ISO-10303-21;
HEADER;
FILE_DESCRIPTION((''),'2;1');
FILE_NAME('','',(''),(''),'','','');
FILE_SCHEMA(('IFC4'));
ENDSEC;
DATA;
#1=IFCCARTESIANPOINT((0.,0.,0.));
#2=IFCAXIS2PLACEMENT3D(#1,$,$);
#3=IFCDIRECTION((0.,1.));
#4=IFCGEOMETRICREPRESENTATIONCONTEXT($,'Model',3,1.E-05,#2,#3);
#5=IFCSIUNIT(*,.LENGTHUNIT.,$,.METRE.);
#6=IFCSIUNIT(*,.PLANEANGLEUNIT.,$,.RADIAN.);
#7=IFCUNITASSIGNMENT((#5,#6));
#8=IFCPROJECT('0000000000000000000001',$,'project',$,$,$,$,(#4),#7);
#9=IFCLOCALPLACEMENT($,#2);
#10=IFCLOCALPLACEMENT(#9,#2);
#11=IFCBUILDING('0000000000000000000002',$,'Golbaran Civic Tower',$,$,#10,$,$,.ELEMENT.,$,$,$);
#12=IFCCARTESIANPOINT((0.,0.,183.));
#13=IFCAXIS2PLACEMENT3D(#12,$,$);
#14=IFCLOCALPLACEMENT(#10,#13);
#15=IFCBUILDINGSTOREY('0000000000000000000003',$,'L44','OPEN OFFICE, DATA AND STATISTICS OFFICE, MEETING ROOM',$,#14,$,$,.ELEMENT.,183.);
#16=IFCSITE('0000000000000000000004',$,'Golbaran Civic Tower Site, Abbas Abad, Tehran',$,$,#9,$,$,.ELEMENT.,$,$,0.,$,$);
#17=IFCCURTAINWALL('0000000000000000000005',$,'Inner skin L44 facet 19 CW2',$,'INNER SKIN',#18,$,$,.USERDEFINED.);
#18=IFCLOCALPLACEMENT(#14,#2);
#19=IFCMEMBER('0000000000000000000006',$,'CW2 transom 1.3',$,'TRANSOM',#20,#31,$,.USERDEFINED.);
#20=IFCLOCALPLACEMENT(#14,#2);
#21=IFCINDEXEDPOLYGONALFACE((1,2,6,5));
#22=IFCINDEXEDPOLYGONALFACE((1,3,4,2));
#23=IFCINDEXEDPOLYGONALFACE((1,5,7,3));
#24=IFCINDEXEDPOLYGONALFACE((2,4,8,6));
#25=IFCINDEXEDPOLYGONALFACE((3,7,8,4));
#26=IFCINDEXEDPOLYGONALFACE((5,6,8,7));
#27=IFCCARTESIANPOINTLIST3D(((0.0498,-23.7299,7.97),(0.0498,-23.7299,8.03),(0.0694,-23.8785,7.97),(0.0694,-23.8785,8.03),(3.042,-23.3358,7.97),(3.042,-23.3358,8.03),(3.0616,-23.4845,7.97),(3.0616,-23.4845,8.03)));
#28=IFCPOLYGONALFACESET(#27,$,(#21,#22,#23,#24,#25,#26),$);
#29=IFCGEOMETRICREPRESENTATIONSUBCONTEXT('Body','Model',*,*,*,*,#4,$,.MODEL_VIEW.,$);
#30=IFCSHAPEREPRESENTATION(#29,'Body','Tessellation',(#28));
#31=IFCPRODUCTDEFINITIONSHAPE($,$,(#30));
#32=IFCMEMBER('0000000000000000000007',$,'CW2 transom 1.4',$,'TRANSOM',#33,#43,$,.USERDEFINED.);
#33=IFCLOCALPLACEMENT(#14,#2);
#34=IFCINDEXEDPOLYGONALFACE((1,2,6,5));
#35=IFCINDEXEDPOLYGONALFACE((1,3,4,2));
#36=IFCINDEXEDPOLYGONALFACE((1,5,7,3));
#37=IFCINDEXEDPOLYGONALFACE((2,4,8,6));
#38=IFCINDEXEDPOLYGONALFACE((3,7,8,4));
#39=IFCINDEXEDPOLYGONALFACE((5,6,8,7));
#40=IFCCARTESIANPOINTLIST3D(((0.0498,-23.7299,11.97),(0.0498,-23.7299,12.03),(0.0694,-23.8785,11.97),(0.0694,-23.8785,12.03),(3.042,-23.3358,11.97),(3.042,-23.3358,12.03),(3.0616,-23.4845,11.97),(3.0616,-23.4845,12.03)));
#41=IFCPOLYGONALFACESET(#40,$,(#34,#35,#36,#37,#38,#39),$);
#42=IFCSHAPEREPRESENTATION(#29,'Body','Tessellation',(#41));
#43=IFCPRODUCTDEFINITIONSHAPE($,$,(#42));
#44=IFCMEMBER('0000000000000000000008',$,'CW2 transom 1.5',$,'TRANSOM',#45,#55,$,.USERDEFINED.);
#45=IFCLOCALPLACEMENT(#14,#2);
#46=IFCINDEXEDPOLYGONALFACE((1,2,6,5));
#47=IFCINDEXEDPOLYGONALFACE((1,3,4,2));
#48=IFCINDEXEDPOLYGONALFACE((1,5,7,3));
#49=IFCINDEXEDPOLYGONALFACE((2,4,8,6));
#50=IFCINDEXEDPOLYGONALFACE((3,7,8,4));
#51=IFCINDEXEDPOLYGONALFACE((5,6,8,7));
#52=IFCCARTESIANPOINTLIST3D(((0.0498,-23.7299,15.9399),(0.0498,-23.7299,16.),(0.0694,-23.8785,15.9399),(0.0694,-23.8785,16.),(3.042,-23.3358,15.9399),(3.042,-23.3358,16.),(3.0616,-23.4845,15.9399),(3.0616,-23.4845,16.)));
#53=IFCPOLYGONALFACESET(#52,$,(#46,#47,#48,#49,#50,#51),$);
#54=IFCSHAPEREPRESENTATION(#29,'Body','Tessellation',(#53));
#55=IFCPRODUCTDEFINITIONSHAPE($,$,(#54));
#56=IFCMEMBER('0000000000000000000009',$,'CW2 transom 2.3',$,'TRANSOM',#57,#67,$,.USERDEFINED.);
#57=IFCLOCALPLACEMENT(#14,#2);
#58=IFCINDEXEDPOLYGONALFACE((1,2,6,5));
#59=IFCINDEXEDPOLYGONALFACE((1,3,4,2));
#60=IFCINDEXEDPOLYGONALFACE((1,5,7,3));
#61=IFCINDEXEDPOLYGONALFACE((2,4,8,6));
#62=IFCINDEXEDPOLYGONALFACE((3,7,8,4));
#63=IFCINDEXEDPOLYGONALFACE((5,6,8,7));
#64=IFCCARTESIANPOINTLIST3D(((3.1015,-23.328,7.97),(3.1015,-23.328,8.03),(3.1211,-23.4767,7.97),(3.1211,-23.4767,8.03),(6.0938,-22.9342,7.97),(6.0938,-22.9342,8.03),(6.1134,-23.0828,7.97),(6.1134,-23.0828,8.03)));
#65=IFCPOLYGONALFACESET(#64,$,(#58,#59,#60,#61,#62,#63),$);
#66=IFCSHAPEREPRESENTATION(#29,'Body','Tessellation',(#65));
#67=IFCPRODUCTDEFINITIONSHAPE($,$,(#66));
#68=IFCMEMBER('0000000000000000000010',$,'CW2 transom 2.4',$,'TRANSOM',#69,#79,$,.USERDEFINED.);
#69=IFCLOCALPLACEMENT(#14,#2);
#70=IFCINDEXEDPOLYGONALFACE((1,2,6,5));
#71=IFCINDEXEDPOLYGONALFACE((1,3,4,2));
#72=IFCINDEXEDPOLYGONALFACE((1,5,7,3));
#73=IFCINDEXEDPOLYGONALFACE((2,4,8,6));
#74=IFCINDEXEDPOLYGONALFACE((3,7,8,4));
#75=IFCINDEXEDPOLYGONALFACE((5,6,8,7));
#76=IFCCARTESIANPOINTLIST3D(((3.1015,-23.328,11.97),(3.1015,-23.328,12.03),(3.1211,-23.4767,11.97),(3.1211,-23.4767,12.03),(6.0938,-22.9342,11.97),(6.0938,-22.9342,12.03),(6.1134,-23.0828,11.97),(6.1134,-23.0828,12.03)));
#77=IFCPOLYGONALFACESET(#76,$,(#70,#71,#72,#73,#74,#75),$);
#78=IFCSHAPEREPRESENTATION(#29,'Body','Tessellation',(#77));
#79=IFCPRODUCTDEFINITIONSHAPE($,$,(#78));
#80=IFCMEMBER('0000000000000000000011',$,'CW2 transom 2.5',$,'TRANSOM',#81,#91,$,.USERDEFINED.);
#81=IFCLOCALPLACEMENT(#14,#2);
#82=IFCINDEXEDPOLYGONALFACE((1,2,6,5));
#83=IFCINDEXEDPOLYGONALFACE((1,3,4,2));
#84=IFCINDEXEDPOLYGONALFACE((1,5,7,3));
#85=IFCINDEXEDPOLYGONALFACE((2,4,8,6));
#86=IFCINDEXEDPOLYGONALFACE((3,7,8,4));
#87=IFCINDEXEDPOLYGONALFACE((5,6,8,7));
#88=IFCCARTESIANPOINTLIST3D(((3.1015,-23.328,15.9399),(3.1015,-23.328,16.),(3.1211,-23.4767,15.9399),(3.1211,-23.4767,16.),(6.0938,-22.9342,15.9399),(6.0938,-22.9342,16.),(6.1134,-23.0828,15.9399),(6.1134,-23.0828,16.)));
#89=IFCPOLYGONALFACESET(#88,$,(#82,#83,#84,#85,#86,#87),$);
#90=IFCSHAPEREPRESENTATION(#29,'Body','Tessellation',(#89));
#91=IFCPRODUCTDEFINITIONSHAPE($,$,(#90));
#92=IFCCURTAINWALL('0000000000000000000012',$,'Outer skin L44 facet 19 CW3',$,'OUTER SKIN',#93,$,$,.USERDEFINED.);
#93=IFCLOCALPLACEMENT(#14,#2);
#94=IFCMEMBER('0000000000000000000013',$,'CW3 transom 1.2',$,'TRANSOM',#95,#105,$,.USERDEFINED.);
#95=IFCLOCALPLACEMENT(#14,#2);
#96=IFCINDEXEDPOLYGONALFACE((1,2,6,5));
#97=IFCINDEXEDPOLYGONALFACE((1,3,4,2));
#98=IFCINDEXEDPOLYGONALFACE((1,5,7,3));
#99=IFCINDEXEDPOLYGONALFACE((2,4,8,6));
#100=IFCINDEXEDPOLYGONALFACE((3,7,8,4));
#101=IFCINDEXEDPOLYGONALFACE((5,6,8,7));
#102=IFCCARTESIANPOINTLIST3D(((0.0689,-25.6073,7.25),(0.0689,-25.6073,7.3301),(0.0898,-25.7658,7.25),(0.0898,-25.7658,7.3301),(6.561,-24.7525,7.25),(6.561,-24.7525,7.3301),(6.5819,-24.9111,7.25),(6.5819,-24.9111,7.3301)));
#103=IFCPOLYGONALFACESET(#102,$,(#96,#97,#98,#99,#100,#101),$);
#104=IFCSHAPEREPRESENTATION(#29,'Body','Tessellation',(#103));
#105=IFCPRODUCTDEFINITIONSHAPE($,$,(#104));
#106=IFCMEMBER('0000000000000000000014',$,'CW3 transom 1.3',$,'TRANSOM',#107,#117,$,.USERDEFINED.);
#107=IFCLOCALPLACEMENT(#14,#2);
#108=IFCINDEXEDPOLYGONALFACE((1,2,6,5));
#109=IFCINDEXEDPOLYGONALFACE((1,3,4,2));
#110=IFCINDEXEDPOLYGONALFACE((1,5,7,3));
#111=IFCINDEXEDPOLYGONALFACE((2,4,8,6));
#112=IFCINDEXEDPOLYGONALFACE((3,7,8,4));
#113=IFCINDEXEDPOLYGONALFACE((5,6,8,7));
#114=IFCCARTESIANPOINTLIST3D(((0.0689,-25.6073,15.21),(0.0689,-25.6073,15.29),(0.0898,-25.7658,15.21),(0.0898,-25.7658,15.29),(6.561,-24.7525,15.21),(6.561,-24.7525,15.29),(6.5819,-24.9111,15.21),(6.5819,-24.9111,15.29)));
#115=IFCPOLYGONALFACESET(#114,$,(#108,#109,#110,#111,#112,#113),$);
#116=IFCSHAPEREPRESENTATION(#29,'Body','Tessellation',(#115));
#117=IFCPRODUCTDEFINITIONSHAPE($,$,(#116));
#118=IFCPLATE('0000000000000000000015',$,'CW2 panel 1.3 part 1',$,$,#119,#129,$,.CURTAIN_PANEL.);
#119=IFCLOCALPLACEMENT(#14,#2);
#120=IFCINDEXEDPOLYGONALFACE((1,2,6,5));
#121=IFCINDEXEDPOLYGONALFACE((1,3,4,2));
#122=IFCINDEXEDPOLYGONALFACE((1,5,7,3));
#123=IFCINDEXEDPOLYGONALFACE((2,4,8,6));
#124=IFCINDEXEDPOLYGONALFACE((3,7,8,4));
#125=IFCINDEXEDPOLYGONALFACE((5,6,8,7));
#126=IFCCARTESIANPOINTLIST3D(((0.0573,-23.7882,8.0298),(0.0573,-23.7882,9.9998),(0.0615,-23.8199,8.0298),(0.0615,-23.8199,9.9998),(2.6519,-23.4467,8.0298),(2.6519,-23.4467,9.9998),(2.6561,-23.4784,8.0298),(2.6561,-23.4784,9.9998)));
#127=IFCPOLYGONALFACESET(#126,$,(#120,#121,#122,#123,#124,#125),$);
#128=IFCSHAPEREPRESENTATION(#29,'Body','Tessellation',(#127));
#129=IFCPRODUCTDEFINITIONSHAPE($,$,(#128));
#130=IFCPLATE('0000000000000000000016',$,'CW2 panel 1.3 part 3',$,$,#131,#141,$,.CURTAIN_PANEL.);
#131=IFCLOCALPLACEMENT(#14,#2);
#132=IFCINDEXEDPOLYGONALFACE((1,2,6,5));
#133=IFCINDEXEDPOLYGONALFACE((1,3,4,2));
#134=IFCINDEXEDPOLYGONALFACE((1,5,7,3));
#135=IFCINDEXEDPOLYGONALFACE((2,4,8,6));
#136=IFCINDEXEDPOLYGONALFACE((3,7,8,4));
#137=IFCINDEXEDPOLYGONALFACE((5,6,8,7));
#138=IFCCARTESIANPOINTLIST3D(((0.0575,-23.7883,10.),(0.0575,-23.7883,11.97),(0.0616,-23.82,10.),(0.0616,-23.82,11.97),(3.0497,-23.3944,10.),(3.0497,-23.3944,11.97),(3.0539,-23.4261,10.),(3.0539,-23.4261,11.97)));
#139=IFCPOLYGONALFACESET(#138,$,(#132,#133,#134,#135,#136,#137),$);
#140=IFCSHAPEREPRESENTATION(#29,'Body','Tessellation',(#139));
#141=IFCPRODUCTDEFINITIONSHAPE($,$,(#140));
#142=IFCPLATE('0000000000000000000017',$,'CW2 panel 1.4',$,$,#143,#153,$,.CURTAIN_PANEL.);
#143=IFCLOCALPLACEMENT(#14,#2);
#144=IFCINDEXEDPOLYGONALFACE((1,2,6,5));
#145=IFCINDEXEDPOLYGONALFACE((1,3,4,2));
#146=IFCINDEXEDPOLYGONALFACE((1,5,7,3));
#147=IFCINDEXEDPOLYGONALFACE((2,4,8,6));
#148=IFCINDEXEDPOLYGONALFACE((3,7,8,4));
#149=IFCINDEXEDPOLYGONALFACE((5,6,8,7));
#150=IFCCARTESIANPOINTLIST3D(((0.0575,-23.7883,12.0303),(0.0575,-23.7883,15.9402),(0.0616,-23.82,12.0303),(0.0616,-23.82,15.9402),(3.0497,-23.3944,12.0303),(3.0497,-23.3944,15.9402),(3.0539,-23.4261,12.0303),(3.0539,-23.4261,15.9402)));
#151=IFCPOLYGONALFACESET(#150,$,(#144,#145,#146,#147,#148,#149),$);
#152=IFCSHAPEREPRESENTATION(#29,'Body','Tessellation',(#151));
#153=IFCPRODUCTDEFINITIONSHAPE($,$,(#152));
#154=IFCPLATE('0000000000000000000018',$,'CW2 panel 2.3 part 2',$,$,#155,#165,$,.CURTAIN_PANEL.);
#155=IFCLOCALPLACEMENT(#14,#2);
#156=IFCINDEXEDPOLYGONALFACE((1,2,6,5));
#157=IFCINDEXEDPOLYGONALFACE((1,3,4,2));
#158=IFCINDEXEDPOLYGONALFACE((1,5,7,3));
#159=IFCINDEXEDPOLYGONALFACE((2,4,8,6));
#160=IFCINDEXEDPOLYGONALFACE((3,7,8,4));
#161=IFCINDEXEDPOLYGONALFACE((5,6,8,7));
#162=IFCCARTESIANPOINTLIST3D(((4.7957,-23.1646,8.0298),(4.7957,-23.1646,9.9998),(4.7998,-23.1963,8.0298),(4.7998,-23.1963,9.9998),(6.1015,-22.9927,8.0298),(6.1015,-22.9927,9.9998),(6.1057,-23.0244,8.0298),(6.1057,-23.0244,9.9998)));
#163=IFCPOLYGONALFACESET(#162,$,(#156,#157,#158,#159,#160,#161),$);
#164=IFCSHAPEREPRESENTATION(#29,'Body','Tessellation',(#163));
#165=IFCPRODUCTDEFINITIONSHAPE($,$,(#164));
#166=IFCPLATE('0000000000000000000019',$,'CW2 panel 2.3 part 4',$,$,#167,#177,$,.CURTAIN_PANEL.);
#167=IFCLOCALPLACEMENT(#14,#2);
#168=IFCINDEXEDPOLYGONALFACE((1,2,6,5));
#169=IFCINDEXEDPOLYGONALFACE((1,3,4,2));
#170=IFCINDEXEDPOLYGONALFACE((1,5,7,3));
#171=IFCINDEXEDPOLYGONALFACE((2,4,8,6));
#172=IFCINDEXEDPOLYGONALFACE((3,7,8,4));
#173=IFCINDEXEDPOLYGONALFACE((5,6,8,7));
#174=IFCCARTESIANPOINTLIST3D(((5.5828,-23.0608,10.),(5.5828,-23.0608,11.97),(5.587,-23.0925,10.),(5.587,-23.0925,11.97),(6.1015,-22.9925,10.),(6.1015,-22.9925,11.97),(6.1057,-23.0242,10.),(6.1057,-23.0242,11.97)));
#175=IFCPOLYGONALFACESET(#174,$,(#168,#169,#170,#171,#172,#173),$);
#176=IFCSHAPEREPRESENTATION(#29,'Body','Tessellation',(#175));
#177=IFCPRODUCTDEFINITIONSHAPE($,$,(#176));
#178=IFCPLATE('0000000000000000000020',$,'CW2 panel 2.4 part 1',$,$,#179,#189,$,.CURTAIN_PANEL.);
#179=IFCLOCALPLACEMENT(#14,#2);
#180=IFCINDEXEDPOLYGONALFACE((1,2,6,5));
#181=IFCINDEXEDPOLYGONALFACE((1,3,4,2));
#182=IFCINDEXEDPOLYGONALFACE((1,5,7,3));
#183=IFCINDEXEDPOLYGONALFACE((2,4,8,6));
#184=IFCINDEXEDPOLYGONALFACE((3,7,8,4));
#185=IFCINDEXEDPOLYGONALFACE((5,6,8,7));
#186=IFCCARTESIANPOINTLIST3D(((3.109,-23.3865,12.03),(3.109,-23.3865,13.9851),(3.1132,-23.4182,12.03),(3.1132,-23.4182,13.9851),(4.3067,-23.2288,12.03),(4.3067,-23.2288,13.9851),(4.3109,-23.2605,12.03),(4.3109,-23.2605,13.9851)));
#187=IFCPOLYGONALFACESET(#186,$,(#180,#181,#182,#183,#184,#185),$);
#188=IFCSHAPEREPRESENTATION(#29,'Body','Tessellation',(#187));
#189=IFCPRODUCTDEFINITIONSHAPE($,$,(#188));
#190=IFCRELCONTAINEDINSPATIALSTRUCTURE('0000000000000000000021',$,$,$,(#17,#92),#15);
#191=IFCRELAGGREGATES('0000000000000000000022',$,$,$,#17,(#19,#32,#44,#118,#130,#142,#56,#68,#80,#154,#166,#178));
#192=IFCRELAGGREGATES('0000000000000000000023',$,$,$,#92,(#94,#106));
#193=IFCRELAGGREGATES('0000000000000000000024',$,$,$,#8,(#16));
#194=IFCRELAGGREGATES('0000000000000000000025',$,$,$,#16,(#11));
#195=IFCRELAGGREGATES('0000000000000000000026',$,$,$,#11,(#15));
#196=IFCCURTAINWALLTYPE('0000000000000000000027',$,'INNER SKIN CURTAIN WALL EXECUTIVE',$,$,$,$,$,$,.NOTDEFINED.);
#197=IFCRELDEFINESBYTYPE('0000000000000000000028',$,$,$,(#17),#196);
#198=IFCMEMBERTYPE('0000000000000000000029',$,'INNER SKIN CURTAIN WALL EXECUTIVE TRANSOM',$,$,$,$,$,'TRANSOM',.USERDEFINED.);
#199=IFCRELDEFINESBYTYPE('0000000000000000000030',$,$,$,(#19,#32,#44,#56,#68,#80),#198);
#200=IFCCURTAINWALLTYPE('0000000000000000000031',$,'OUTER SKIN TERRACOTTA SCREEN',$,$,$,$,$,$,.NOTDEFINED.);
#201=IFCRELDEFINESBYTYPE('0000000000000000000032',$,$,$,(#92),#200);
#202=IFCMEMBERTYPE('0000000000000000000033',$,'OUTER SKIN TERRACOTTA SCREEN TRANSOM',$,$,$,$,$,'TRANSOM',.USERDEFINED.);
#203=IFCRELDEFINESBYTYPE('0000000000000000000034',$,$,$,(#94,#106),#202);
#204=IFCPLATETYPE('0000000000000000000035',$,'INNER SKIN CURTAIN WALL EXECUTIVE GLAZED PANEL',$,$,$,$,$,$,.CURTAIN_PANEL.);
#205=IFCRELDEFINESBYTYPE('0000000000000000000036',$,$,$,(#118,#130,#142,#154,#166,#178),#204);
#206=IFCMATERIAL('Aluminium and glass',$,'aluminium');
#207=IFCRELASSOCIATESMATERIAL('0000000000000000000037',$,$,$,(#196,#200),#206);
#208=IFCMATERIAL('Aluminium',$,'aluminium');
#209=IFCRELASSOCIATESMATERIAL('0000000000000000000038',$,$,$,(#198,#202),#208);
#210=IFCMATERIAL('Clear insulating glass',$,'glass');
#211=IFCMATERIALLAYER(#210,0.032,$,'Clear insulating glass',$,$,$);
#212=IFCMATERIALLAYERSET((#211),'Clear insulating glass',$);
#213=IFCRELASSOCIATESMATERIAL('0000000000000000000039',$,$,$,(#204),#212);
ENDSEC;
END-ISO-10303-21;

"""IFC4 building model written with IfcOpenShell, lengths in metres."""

from ifc_helpers import new_model, si_unit, direction, frame, origin, origin_2d, place, context, subcontext, project, spatial, rectangle, extrude, material, layer, layer_set, material_profile, profile_set, type_object, element, aggregate, save


model = new_model("IFC4")

# Units and contexts
model_context = context("Model", 3, precision=1e-05, world=origin(), true_north=direction((0.0, 1.0)))
body_context = subcontext(model_context, "Body", "Model", "MODEL_VIEW")
ifc_project = project(units=[si_unit("LENGTHUNIT", "METRE"), si_unit("PLANEANGLEUNIT", "RADIAN")], contexts=[model_context])

# Site, building, storey
site_placement = place(None, origin())
site = spatial("IfcSite", under=ifc_project, at=site_placement, Name="Golbaran Civic Tower Site, Abbas Abad, Tehran", CompositionType="ELEMENT", RefElevation=0.0)
building_placement = place(site_placement, origin())
building = spatial("IfcBuilding", under=site, at=building_placement, Name="Golbaran Civic Tower", CompositionType="ELEMENT")
storey_placement = place(building_placement, frame((0.0, 0.0, 183.0)))
storey = spatial("IfcBuildingStorey", under=building, at=storey_placement, Name="L44", Description="OPEN OFFICE, DATA AND STATISTICS OFFICE, MEETING ROOM", CompositionType="ELEMENT", Elevation=183.0)

# Curtain walls, members
ifc_material_1 = material(Name="Aluminium and glass", Category="aluminium")
curtain_wall_type_1 = type_object("IfcCurtainWallType", Name="INNER SKIN CURTAIN WALL EXECUTIVE", PredefinedType="NOTDEFINED", material=ifc_material_1)
curtain_wall_1_placement = place(storey_placement, origin())
curtain_wall_1 = element("IfcCurtainWall", 1, at=curtain_wall_1_placement, inside=storey, type_object=curtain_wall_type_1, Name="Inner skin L44 facet 19 CW2", ObjectType="INNER SKIN", PredefinedType="USERDEFINED")
ifc_material_2 = material(Name="Aluminium", Category="aluminium")
ifc_material_profile_1 = material_profile(ifc_material_2, rectangle(XDim=0.1499, YDim=0.0601, at=origin_2d()), Name="INNER SKIN CURTAIN WALL EXECUTIVE TRANSOM")
ifc_profile_set_1 = profile_set([ifc_material_profile_1], Name="Aluminium")
member_type_1 = type_object("IfcMemberType", Name="INNER SKIN CURTAIN WALL EXECUTIVE TRANSOM", ElementType="TRANSOM", PredefinedType="USERDEFINED", material=ifc_profile_set_1)
member_1_placement = place(storey_placement, frame((0.0596, -23.8042, 8.0), z_axis=(0.99144, 0.130563, 0.0), x_axis=(-0.130563, 0.99144, 0.0)))
member_1 = element("IfcMember", 2, at=member_1_placement, type_object=member_type_1, Name="CW2 transom 1.3", ObjectType="TRANSOM", PredefinedType="USERDEFINED", context=body_context, shape_type="SweptSolid", body=[
    extrude(rectangle(XDim=0.1499, YDim=0.0601, at=origin_2d()), origin(), (0.0, 0.0, 1.0), 3.0181),
])
member_2_placement = place(storey_placement, frame((0.0596, -23.8042, 12.0), z_axis=(0.99144, 0.130563, 0.0), x_axis=(-0.130563, 0.99144, 0.0)))
member_2 = element("IfcMember", 3, at=member_2_placement, type_object=member_type_1, Name="CW2 transom 1.4", ObjectType="TRANSOM", PredefinedType="USERDEFINED", context=body_context, shape_type="SweptSolid", body=[
    extrude(rectangle(XDim=0.1499, YDim=0.0601, at=origin_2d()), origin(), (0.0, 0.0, 1.0), 3.0181),
])
member_3_placement = place(storey_placement, frame((0.0596, -23.8042, 15.97), z_axis=(0.99144, 0.130563, 0.0), x_axis=(-0.130563, 0.99144, 0.0)))
member_3 = element("IfcMember", 4, at=member_3_placement, type_object=member_type_1, Name="CW2 transom 1.5", ObjectType="TRANSOM", PredefinedType="USERDEFINED", context=body_context, shape_type="SweptSolid", body=[
    extrude(rectangle(XDim=0.1499, YDim=0.0601, at=origin_2d()), origin(), (0.0, 0.0, 1.0), 3.0181),
])
member_4_placement = place(storey_placement, frame((3.1113, -23.4023, 8.0), z_axis=(0.99145, 0.130484, 0.0), x_axis=(-0.130484, 0.99145, 0.0)))
member_4 = element("IfcMember", 5, at=member_4_placement, type_object=member_type_1, Name="CW2 transom 2.3", ObjectType="TRANSOM", PredefinedType="USERDEFINED", context=body_context, shape_type="SweptSolid", body=[
    extrude(rectangle(XDim=0.1499, YDim=0.0601, at=origin_2d()), origin(), (0.0, 0.0, 1.0), 3.0181),
])
member_5_placement = place(storey_placement, frame((3.1113, -23.4023, 12.0), z_axis=(0.99145, 0.130484, 0.0), x_axis=(-0.130484, 0.99145, 0.0)))
member_5 = element("IfcMember", 6, at=member_5_placement, type_object=member_type_1, Name="CW2 transom 2.4", ObjectType="TRANSOM", PredefinedType="USERDEFINED", context=body_context, shape_type="SweptSolid", body=[
    extrude(rectangle(XDim=0.1499, YDim=0.0601, at=origin_2d()), origin(), (0.0, 0.0, 1.0), 3.0181),
])
member_6_placement = place(storey_placement, frame((3.1113, -23.4023, 15.97), z_axis=(0.99145, 0.130484, 0.0), x_axis=(-0.130484, 0.99145, 0.0)))
member_6 = element("IfcMember", 7, at=member_6_placement, type_object=member_type_1, Name="CW2 transom 2.5", ObjectType="TRANSOM", PredefinedType="USERDEFINED", context=body_context, shape_type="SweptSolid", body=[
    extrude(rectangle(XDim=0.1499, YDim=0.0601, at=origin_2d()), origin(), (0.0, 0.0, 1.0), 3.0181),
])
curtain_wall_type_2 = type_object("IfcCurtainWallType", Name="OUTER SKIN TERRACOTTA SCREEN", PredefinedType="NOTDEFINED", material=ifc_material_1)
curtain_wall_2_placement = place(storey_placement, origin())
curtain_wall_2 = element("IfcCurtainWall", 8, at=curtain_wall_2_placement, inside=storey, type_object=curtain_wall_type_2, Name="Outer skin L44 facet 19 CW3", ObjectType="OUTER SKIN", PredefinedType="USERDEFINED")
ifc_material_profile_2 = material_profile(ifc_material_2, rectangle(XDim=0.1599, YDim=0.0801, at=origin_2d()), Name="OUTER SKIN TERRACOTTA SCREEN TRANSOM")
ifc_profile_set_2 = profile_set([ifc_material_profile_2], Name="Aluminium")
member_type_2 = type_object("IfcMemberType", Name="OUTER SKIN TERRACOTTA SCREEN TRANSOM", ElementType="TRANSOM", PredefinedType="USERDEFINED", material=ifc_profile_set_2)
member_7_placement = place(storey_placement, frame((0.0793, -25.6865, 7.29), z_axis=(0.991444, 0.13053, 0.0), x_axis=(-0.13053, 0.991444, 0.0)))
member_7 = element("IfcMember", 9, at=member_7_placement, type_object=member_type_2, Name="CW3 transom 1.2", ObjectType="TRANSOM", PredefinedType="USERDEFINED", context=body_context, shape_type="SweptSolid", body=[
    extrude(rectangle(XDim=0.1599, YDim=0.0801, at=origin_2d()), origin(), (0.0, 0.0, 1.0), 6.5481),
])
member_8_placement = place(storey_placement, frame((0.0793, -25.6865, 15.25), z_axis=(0.991444, 0.13053, 0.0), x_axis=(-0.13053, 0.991444, 0.0)))
member_8 = element("IfcMember", 10, at=member_8_placement, type_object=member_type_2, Name="CW3 transom 1.3", ObjectType="TRANSOM", PredefinedType="USERDEFINED", context=body_context, shape_type="SweptSolid", body=[
    extrude(rectangle(XDim=0.1599, YDim=0.0801, at=origin_2d()), origin(), (0.0, 0.0, 1.0), 6.5481),
])

# Plates
ifc_material_3 = material(Name="Clear insulating glass", Category="glass")
ifc_layer_1 = layer(ifc_material_3, 0.032, Name="Clear insulating glass")
ifc_layer_set_1 = layer_set([ifc_layer_1], Name="Clear insulating glass")
plate_type_1 = type_object("IfcPlateType", Name="INNER SKIN CURTAIN WALL EXECUTIVE GLAZED PANEL", PredefinedType="CURTAIN_PANEL", material=ifc_layer_set_1)
plate_1_placement = place(storey_placement, frame((1.3567, -23.6333, 8.0298), z_axis=(0.0, 0.0, 1.0), x_axis=(0.991445, 0.130526, 0.0)))
plate_1 = element("IfcPlate", 11, at=plate_1_placement, type_object=plate_type_1, Name="CW2 panel 1.3 part 1", PredefinedType="CURTAIN_PANEL", context=body_context, shape_type="SweptSolid", body=[
    extrude(rectangle(XDim=2.6169, YDim=0.032, at=origin_2d()), origin(), (0.0, 0.0, 1.0), 1.97),
])
plate_2_placement = place(storey_placement, frame((1.5557, -23.6072, 10.0), z_axis=(0.0, 0.0, 1.0), x_axis=(0.991445, 0.130526, 0.0)))
plate_2 = element("IfcPlate", 12, at=plate_2_placement, type_object=plate_type_1, Name="CW2 panel 1.3 part 3", PredefinedType="CURTAIN_PANEL", context=body_context, shape_type="SweptSolid", body=[
    extrude(rectangle(XDim=3.0181, YDim=0.032, at=origin_2d()), origin(), (0.0, 0.0, 1.0), 1.97),
])
plate_3_placement = place(storey_placement, frame((1.5557, -23.6072, 12.0303), z_axis=(0.0, 0.0, 1.0), x_axis=(0.991445, 0.130526, 0.0)))
plate_3 = element("IfcPlate", 13, at=plate_3_placement, type_object=plate_type_1, Name="CW2 panel 1.4", PredefinedType="CURTAIN_PANEL", context=body_context, shape_type="SweptSolid", body=[
    extrude(rectangle(XDim=3.0181, YDim=0.032, at=origin_2d()), origin(), (0.0, 0.0, 1.0), 3.9099),
])
plate_4_placement = place(storey_placement, frame((5.4507, -23.0945, 8.0298), z_axis=(0.0, 0.0, 1.0), x_axis=(0.991445, 0.130526, 0.0)))
plate_4 = element("IfcPlate", 14, at=plate_4_placement, type_object=plate_type_1, Name="CW2 panel 2.3 part 2", PredefinedType="CURTAIN_PANEL", context=body_context, shape_type="SweptSolid", body=[
    extrude(rectangle(XDim=1.3171, YDim=0.032, at=origin_2d()), origin(), (0.0, 0.0, 1.0), 1.97),
])
plate_5_placement = place(storey_placement, frame((5.8442, -23.0425, 10.0), z_axis=(0.0, 0.0, 1.0), x_axis=(0.991445, 0.130526, 0.0)))
plate_5 = element("IfcPlate", 15, at=plate_5_placement, type_object=plate_type_1, Name="CW2 panel 2.3 part 4", PredefinedType="CURTAIN_PANEL", context=body_context, shape_type="SweptSolid", body=[
    extrude(rectangle(XDim=0.5232, YDim=0.032, at=origin_2d()), origin(), (0.0, 0.0, 1.0), 1.97),
])
plate_6_placement = place(storey_placement, frame((3.71, -23.3235, 12.03), z_axis=(0.0, 0.0, 1.0), x_axis=(0.991445, 0.130526, 0.0)))
plate_6 = element("IfcPlate", 16, at=plate_6_placement, type_object=plate_type_1, Name="CW2 panel 2.4 part 1", PredefinedType="CURTAIN_PANEL", context=body_context, shape_type="SweptSolid", body=[
    extrude(rectangle(XDim=1.208, YDim=0.032, at=origin_2d()), origin(), (0.0, 0.0, 1.0), 1.9551),
])
aggregate(curtain_wall_1, [member_1, member_2, member_3, plate_1, plate_2, plate_3, member_4, member_5, member_6, plate_4, plate_5, plate_6])
aggregate(curtain_wall_2, [member_7, member_8])

save(model, "model.ifc")
